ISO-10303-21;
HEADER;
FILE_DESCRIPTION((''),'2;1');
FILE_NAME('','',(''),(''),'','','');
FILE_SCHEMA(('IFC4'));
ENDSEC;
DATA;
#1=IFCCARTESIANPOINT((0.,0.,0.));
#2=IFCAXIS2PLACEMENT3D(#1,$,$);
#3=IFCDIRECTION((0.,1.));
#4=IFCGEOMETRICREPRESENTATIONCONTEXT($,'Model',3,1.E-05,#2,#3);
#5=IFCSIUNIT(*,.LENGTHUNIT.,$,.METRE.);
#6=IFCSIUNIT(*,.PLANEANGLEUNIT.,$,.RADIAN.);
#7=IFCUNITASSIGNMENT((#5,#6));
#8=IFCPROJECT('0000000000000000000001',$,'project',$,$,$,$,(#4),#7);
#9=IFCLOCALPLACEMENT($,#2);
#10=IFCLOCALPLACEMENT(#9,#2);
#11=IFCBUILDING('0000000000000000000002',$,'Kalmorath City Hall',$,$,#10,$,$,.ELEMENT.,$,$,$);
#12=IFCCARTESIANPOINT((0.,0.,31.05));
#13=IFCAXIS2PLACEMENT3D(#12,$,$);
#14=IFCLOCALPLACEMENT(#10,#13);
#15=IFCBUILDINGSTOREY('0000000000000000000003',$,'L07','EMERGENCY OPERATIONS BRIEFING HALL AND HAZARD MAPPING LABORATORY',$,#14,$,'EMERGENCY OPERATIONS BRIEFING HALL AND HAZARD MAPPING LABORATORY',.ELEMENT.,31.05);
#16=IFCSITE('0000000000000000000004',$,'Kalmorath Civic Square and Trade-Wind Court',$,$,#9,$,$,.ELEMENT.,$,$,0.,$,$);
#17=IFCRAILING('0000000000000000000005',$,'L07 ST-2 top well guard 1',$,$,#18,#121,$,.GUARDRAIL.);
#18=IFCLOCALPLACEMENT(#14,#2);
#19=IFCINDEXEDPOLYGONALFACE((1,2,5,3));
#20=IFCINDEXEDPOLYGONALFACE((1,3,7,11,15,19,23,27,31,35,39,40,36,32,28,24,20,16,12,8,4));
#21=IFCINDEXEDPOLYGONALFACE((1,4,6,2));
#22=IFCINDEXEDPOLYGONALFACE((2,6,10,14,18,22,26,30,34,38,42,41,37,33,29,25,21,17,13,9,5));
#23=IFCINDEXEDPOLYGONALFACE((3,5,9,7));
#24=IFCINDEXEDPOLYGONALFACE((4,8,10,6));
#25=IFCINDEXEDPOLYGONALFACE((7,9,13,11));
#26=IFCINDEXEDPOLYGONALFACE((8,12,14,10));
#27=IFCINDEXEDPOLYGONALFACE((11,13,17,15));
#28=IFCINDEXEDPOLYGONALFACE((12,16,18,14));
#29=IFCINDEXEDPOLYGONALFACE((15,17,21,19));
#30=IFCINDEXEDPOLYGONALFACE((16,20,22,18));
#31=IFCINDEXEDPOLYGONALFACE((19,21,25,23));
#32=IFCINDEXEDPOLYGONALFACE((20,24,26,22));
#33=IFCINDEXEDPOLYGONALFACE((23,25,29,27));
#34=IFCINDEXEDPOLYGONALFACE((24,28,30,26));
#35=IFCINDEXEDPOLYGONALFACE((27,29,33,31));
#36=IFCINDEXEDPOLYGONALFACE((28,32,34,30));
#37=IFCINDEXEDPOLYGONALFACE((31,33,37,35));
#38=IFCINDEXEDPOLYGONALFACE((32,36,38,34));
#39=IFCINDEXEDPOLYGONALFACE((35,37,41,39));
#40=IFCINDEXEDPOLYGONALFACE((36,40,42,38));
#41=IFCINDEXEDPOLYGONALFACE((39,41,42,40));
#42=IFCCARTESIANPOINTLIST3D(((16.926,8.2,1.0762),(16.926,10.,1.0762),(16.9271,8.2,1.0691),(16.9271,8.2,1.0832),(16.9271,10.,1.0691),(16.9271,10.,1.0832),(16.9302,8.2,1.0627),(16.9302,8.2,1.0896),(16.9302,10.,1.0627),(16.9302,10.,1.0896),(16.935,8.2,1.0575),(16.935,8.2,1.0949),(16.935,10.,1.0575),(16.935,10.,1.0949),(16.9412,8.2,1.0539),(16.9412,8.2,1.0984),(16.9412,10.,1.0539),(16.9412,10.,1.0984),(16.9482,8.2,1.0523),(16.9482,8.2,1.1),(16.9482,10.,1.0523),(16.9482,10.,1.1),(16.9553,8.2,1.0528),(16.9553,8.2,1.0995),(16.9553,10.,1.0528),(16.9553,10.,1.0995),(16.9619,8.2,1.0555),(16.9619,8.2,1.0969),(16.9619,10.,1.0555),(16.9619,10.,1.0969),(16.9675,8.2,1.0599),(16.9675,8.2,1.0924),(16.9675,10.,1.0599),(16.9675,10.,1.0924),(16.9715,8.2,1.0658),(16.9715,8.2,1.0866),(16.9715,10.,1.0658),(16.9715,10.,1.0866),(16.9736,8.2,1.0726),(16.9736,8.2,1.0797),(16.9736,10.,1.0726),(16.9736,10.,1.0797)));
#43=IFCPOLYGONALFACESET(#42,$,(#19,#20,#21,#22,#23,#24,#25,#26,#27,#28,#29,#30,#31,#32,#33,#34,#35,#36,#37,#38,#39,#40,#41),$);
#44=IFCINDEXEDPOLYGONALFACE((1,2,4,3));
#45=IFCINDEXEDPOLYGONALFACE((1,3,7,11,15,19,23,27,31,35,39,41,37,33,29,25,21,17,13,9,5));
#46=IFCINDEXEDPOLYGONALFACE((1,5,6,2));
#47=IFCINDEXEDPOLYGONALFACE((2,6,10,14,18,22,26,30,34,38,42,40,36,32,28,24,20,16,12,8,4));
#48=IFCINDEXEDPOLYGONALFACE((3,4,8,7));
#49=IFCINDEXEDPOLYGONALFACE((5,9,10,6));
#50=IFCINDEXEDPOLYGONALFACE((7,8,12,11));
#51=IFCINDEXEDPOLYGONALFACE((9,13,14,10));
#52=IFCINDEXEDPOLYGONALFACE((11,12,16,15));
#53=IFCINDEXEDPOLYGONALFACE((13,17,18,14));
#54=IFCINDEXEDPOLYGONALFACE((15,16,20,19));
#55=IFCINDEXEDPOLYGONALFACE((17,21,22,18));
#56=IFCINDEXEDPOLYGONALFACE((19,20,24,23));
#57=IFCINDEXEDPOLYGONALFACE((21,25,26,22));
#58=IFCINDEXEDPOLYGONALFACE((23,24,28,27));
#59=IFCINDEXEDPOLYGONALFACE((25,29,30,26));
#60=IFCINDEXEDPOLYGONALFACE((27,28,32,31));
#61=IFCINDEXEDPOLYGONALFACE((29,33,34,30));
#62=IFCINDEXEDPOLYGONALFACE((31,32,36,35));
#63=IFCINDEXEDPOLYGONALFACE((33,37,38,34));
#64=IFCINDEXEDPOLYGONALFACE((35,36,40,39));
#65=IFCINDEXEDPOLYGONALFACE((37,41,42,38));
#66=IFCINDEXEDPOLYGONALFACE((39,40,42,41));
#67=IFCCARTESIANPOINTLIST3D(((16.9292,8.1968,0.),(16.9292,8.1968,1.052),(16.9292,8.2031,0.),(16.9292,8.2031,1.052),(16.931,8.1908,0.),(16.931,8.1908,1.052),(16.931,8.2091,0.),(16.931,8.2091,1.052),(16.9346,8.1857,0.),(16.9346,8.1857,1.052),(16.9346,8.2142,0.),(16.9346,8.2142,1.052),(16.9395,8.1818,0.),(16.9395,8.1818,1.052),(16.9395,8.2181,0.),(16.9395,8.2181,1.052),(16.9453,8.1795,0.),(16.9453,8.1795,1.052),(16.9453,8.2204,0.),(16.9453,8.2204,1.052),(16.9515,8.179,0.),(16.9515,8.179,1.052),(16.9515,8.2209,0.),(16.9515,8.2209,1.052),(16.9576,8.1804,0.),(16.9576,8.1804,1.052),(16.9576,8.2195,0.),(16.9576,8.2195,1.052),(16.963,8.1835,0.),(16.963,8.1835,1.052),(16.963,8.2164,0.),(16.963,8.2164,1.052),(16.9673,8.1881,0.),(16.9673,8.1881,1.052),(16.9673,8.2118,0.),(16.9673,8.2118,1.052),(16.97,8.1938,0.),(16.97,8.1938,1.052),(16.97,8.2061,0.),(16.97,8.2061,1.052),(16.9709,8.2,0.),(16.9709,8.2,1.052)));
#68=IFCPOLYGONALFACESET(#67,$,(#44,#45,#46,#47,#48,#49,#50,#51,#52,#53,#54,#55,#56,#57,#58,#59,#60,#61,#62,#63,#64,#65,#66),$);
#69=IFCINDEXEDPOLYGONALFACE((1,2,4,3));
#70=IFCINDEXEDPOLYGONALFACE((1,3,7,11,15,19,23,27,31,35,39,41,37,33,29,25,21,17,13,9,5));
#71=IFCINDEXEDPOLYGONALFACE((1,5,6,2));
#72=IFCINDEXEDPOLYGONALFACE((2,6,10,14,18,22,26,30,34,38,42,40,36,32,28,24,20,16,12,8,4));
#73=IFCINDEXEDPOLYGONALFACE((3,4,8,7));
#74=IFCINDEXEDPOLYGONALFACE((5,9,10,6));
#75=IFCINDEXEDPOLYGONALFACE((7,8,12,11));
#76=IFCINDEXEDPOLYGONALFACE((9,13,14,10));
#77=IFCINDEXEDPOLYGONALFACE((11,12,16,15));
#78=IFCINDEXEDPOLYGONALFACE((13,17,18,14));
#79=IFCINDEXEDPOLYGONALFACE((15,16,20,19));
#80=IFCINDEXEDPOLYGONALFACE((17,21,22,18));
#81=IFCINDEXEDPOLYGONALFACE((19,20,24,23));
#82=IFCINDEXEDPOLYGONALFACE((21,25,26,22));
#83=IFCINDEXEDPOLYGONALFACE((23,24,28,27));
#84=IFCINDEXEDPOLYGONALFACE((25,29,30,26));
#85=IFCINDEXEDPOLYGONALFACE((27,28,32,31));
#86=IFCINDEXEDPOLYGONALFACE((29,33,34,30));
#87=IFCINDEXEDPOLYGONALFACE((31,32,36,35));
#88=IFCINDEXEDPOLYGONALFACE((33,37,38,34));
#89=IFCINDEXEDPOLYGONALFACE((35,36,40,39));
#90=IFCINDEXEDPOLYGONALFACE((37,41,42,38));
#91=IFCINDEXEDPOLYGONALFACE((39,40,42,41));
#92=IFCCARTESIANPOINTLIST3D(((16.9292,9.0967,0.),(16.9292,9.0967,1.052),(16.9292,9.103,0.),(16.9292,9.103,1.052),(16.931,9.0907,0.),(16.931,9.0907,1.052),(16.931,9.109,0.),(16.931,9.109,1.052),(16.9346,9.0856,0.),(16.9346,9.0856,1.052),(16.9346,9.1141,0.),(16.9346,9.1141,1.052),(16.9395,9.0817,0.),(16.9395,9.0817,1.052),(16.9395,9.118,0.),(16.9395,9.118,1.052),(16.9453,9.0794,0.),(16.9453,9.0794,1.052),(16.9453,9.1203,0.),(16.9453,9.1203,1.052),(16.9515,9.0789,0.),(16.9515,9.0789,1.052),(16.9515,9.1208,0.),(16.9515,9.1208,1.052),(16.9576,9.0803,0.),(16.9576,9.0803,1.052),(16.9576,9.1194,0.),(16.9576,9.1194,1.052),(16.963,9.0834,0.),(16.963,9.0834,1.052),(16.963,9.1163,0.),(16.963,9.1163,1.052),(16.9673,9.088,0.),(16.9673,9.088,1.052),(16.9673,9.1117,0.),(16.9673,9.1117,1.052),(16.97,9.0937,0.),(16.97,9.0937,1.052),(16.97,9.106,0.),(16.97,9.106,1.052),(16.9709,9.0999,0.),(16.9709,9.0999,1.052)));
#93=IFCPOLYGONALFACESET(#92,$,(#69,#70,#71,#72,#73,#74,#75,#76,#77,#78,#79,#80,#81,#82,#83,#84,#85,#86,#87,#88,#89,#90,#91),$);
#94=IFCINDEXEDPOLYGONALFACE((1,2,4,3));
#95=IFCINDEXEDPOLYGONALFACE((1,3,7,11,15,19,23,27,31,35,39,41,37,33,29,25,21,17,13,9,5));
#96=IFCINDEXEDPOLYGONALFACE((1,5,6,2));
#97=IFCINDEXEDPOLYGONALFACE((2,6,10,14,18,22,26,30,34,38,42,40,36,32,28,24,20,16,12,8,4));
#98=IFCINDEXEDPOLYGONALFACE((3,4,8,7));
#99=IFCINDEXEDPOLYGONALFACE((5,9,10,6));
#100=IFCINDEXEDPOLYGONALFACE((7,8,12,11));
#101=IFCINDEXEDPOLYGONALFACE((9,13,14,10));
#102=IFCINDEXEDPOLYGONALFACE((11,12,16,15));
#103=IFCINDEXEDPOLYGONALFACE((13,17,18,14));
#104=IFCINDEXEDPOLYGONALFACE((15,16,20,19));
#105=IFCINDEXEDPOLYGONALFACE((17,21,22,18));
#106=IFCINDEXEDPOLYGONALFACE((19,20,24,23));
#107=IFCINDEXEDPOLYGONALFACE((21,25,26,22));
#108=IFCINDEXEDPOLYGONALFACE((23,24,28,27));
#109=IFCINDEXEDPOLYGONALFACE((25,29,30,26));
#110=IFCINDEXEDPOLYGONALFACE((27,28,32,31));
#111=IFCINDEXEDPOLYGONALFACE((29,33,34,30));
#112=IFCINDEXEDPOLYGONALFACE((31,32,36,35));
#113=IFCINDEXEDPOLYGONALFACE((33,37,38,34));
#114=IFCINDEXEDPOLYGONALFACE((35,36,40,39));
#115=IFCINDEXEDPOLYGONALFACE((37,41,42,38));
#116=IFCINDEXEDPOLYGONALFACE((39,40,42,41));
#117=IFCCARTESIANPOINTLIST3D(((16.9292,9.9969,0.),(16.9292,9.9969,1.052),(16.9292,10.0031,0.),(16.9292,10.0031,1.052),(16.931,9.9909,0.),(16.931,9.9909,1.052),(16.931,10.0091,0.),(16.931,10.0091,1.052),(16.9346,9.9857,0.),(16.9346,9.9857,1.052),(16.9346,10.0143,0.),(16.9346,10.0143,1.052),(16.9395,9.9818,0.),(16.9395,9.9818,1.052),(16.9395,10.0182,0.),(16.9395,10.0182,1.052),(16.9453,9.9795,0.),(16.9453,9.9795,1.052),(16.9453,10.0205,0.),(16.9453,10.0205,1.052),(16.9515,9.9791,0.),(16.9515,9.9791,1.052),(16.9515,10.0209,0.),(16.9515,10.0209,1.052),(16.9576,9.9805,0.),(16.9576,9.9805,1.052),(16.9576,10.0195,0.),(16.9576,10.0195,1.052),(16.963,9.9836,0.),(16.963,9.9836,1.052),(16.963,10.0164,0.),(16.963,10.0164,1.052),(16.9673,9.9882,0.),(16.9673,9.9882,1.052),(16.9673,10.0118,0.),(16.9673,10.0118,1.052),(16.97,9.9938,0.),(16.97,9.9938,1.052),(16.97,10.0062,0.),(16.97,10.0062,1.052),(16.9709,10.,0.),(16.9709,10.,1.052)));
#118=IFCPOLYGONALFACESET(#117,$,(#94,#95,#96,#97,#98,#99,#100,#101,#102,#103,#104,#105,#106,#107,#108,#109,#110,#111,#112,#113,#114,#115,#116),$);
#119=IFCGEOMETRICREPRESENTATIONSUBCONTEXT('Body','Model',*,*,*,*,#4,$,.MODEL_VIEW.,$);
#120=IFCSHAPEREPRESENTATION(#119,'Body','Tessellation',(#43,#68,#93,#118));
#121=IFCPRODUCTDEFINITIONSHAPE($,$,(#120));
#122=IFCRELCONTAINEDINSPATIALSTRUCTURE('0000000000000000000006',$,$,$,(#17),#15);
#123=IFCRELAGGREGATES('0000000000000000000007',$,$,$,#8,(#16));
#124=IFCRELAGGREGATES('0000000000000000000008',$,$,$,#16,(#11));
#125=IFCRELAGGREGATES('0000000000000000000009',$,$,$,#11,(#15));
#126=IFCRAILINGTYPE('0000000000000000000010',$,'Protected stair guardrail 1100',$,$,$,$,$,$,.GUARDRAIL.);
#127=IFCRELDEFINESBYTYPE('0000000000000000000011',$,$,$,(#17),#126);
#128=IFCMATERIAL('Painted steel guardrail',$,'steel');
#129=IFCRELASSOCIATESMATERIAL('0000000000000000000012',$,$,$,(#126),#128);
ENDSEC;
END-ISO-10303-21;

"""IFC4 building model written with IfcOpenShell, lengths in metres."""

from ifc_helpers import new_model, si_unit, direction, frame, origin, origin_2d, place, context, subcontext, project, spatial, circle, extrude, material, type_object, element, save


model = new_model("IFC4")

# Units and contexts
model_context = context("Model", 3, precision=1e-05, world=origin(), true_north=direction((0.0, 1.0)))
body_context = subcontext(model_context, "Body", "Model", "MODEL_VIEW")
ifc_project = project(units=[si_unit("LENGTHUNIT", "METRE"), si_unit("PLANEANGLEUNIT", "RADIAN")], contexts=[model_context])

# Site, building, storey
site_placement = place(None, origin())
site = spatial("IfcSite", under=ifc_project, at=site_placement, Name="Kalmorath Civic Square and Trade-Wind Court", CompositionType="ELEMENT", RefElevation=0.0)
building_placement = place(site_placement, origin())
building = spatial("IfcBuilding", under=site, at=building_placement, Name="Kalmorath City Hall", CompositionType="ELEMENT")
storey_placement = place(building_placement, frame((0.0, 0.0, 31.05)))
storey = spatial("IfcBuildingStorey", under=building, at=storey_placement, Name="L07", Description="EMERGENCY OPERATIONS BRIEFING HALL AND HAZARD MAPPING LABORATORY", LongName="EMERGENCY OPERATIONS BRIEFING HALL AND HAZARD MAPPING LABORATORY", CompositionType="ELEMENT", Elevation=31.05)

# Railing
ifc_material_1 = material(Name="Painted steel guardrail", Category="steel")
railing_type = type_object("IfcRailingType", Name="Protected stair guardrail 1100", PredefinedType="GUARDRAIL", material=ifc_material_1)
railing_placement = place(storey_placement, frame((16.95, 8.2, 0.0)))
element("IfcRailing", 1, at=railing_placement, inside=storey, type_object=railing_type, Name="L07 ST-2 top well guard 1", PredefinedType="GUARDRAIL", context=body_context, shape_type="SweptSolid", body=[
    extrude(circle(Radius=0.0239, at=origin_2d()), frame((0.0, 0.0, 1.0762), z_axis=(0.0, 1.0, 0.0), x_axis=(-1.0, 0.0, 0.0)), (0.0, 0.0, 1.0), 1.8),
    extrude(circle(Radius=0.021, at=origin_2d()), origin(), (0.0, 0.0, 1.0), 1.052),
    extrude(circle(Radius=0.021, at=origin_2d()), frame((0.0, 0.8999, 0.0)), (0.0, 0.0, 1.0), 1.052),
    extrude(circle(Radius=0.021, at=origin_2d()), frame((0.0, 1.8, 0.0)), (0.0, 0.0, 1.0), 1.052),
])

save(model, "model.ifc")
